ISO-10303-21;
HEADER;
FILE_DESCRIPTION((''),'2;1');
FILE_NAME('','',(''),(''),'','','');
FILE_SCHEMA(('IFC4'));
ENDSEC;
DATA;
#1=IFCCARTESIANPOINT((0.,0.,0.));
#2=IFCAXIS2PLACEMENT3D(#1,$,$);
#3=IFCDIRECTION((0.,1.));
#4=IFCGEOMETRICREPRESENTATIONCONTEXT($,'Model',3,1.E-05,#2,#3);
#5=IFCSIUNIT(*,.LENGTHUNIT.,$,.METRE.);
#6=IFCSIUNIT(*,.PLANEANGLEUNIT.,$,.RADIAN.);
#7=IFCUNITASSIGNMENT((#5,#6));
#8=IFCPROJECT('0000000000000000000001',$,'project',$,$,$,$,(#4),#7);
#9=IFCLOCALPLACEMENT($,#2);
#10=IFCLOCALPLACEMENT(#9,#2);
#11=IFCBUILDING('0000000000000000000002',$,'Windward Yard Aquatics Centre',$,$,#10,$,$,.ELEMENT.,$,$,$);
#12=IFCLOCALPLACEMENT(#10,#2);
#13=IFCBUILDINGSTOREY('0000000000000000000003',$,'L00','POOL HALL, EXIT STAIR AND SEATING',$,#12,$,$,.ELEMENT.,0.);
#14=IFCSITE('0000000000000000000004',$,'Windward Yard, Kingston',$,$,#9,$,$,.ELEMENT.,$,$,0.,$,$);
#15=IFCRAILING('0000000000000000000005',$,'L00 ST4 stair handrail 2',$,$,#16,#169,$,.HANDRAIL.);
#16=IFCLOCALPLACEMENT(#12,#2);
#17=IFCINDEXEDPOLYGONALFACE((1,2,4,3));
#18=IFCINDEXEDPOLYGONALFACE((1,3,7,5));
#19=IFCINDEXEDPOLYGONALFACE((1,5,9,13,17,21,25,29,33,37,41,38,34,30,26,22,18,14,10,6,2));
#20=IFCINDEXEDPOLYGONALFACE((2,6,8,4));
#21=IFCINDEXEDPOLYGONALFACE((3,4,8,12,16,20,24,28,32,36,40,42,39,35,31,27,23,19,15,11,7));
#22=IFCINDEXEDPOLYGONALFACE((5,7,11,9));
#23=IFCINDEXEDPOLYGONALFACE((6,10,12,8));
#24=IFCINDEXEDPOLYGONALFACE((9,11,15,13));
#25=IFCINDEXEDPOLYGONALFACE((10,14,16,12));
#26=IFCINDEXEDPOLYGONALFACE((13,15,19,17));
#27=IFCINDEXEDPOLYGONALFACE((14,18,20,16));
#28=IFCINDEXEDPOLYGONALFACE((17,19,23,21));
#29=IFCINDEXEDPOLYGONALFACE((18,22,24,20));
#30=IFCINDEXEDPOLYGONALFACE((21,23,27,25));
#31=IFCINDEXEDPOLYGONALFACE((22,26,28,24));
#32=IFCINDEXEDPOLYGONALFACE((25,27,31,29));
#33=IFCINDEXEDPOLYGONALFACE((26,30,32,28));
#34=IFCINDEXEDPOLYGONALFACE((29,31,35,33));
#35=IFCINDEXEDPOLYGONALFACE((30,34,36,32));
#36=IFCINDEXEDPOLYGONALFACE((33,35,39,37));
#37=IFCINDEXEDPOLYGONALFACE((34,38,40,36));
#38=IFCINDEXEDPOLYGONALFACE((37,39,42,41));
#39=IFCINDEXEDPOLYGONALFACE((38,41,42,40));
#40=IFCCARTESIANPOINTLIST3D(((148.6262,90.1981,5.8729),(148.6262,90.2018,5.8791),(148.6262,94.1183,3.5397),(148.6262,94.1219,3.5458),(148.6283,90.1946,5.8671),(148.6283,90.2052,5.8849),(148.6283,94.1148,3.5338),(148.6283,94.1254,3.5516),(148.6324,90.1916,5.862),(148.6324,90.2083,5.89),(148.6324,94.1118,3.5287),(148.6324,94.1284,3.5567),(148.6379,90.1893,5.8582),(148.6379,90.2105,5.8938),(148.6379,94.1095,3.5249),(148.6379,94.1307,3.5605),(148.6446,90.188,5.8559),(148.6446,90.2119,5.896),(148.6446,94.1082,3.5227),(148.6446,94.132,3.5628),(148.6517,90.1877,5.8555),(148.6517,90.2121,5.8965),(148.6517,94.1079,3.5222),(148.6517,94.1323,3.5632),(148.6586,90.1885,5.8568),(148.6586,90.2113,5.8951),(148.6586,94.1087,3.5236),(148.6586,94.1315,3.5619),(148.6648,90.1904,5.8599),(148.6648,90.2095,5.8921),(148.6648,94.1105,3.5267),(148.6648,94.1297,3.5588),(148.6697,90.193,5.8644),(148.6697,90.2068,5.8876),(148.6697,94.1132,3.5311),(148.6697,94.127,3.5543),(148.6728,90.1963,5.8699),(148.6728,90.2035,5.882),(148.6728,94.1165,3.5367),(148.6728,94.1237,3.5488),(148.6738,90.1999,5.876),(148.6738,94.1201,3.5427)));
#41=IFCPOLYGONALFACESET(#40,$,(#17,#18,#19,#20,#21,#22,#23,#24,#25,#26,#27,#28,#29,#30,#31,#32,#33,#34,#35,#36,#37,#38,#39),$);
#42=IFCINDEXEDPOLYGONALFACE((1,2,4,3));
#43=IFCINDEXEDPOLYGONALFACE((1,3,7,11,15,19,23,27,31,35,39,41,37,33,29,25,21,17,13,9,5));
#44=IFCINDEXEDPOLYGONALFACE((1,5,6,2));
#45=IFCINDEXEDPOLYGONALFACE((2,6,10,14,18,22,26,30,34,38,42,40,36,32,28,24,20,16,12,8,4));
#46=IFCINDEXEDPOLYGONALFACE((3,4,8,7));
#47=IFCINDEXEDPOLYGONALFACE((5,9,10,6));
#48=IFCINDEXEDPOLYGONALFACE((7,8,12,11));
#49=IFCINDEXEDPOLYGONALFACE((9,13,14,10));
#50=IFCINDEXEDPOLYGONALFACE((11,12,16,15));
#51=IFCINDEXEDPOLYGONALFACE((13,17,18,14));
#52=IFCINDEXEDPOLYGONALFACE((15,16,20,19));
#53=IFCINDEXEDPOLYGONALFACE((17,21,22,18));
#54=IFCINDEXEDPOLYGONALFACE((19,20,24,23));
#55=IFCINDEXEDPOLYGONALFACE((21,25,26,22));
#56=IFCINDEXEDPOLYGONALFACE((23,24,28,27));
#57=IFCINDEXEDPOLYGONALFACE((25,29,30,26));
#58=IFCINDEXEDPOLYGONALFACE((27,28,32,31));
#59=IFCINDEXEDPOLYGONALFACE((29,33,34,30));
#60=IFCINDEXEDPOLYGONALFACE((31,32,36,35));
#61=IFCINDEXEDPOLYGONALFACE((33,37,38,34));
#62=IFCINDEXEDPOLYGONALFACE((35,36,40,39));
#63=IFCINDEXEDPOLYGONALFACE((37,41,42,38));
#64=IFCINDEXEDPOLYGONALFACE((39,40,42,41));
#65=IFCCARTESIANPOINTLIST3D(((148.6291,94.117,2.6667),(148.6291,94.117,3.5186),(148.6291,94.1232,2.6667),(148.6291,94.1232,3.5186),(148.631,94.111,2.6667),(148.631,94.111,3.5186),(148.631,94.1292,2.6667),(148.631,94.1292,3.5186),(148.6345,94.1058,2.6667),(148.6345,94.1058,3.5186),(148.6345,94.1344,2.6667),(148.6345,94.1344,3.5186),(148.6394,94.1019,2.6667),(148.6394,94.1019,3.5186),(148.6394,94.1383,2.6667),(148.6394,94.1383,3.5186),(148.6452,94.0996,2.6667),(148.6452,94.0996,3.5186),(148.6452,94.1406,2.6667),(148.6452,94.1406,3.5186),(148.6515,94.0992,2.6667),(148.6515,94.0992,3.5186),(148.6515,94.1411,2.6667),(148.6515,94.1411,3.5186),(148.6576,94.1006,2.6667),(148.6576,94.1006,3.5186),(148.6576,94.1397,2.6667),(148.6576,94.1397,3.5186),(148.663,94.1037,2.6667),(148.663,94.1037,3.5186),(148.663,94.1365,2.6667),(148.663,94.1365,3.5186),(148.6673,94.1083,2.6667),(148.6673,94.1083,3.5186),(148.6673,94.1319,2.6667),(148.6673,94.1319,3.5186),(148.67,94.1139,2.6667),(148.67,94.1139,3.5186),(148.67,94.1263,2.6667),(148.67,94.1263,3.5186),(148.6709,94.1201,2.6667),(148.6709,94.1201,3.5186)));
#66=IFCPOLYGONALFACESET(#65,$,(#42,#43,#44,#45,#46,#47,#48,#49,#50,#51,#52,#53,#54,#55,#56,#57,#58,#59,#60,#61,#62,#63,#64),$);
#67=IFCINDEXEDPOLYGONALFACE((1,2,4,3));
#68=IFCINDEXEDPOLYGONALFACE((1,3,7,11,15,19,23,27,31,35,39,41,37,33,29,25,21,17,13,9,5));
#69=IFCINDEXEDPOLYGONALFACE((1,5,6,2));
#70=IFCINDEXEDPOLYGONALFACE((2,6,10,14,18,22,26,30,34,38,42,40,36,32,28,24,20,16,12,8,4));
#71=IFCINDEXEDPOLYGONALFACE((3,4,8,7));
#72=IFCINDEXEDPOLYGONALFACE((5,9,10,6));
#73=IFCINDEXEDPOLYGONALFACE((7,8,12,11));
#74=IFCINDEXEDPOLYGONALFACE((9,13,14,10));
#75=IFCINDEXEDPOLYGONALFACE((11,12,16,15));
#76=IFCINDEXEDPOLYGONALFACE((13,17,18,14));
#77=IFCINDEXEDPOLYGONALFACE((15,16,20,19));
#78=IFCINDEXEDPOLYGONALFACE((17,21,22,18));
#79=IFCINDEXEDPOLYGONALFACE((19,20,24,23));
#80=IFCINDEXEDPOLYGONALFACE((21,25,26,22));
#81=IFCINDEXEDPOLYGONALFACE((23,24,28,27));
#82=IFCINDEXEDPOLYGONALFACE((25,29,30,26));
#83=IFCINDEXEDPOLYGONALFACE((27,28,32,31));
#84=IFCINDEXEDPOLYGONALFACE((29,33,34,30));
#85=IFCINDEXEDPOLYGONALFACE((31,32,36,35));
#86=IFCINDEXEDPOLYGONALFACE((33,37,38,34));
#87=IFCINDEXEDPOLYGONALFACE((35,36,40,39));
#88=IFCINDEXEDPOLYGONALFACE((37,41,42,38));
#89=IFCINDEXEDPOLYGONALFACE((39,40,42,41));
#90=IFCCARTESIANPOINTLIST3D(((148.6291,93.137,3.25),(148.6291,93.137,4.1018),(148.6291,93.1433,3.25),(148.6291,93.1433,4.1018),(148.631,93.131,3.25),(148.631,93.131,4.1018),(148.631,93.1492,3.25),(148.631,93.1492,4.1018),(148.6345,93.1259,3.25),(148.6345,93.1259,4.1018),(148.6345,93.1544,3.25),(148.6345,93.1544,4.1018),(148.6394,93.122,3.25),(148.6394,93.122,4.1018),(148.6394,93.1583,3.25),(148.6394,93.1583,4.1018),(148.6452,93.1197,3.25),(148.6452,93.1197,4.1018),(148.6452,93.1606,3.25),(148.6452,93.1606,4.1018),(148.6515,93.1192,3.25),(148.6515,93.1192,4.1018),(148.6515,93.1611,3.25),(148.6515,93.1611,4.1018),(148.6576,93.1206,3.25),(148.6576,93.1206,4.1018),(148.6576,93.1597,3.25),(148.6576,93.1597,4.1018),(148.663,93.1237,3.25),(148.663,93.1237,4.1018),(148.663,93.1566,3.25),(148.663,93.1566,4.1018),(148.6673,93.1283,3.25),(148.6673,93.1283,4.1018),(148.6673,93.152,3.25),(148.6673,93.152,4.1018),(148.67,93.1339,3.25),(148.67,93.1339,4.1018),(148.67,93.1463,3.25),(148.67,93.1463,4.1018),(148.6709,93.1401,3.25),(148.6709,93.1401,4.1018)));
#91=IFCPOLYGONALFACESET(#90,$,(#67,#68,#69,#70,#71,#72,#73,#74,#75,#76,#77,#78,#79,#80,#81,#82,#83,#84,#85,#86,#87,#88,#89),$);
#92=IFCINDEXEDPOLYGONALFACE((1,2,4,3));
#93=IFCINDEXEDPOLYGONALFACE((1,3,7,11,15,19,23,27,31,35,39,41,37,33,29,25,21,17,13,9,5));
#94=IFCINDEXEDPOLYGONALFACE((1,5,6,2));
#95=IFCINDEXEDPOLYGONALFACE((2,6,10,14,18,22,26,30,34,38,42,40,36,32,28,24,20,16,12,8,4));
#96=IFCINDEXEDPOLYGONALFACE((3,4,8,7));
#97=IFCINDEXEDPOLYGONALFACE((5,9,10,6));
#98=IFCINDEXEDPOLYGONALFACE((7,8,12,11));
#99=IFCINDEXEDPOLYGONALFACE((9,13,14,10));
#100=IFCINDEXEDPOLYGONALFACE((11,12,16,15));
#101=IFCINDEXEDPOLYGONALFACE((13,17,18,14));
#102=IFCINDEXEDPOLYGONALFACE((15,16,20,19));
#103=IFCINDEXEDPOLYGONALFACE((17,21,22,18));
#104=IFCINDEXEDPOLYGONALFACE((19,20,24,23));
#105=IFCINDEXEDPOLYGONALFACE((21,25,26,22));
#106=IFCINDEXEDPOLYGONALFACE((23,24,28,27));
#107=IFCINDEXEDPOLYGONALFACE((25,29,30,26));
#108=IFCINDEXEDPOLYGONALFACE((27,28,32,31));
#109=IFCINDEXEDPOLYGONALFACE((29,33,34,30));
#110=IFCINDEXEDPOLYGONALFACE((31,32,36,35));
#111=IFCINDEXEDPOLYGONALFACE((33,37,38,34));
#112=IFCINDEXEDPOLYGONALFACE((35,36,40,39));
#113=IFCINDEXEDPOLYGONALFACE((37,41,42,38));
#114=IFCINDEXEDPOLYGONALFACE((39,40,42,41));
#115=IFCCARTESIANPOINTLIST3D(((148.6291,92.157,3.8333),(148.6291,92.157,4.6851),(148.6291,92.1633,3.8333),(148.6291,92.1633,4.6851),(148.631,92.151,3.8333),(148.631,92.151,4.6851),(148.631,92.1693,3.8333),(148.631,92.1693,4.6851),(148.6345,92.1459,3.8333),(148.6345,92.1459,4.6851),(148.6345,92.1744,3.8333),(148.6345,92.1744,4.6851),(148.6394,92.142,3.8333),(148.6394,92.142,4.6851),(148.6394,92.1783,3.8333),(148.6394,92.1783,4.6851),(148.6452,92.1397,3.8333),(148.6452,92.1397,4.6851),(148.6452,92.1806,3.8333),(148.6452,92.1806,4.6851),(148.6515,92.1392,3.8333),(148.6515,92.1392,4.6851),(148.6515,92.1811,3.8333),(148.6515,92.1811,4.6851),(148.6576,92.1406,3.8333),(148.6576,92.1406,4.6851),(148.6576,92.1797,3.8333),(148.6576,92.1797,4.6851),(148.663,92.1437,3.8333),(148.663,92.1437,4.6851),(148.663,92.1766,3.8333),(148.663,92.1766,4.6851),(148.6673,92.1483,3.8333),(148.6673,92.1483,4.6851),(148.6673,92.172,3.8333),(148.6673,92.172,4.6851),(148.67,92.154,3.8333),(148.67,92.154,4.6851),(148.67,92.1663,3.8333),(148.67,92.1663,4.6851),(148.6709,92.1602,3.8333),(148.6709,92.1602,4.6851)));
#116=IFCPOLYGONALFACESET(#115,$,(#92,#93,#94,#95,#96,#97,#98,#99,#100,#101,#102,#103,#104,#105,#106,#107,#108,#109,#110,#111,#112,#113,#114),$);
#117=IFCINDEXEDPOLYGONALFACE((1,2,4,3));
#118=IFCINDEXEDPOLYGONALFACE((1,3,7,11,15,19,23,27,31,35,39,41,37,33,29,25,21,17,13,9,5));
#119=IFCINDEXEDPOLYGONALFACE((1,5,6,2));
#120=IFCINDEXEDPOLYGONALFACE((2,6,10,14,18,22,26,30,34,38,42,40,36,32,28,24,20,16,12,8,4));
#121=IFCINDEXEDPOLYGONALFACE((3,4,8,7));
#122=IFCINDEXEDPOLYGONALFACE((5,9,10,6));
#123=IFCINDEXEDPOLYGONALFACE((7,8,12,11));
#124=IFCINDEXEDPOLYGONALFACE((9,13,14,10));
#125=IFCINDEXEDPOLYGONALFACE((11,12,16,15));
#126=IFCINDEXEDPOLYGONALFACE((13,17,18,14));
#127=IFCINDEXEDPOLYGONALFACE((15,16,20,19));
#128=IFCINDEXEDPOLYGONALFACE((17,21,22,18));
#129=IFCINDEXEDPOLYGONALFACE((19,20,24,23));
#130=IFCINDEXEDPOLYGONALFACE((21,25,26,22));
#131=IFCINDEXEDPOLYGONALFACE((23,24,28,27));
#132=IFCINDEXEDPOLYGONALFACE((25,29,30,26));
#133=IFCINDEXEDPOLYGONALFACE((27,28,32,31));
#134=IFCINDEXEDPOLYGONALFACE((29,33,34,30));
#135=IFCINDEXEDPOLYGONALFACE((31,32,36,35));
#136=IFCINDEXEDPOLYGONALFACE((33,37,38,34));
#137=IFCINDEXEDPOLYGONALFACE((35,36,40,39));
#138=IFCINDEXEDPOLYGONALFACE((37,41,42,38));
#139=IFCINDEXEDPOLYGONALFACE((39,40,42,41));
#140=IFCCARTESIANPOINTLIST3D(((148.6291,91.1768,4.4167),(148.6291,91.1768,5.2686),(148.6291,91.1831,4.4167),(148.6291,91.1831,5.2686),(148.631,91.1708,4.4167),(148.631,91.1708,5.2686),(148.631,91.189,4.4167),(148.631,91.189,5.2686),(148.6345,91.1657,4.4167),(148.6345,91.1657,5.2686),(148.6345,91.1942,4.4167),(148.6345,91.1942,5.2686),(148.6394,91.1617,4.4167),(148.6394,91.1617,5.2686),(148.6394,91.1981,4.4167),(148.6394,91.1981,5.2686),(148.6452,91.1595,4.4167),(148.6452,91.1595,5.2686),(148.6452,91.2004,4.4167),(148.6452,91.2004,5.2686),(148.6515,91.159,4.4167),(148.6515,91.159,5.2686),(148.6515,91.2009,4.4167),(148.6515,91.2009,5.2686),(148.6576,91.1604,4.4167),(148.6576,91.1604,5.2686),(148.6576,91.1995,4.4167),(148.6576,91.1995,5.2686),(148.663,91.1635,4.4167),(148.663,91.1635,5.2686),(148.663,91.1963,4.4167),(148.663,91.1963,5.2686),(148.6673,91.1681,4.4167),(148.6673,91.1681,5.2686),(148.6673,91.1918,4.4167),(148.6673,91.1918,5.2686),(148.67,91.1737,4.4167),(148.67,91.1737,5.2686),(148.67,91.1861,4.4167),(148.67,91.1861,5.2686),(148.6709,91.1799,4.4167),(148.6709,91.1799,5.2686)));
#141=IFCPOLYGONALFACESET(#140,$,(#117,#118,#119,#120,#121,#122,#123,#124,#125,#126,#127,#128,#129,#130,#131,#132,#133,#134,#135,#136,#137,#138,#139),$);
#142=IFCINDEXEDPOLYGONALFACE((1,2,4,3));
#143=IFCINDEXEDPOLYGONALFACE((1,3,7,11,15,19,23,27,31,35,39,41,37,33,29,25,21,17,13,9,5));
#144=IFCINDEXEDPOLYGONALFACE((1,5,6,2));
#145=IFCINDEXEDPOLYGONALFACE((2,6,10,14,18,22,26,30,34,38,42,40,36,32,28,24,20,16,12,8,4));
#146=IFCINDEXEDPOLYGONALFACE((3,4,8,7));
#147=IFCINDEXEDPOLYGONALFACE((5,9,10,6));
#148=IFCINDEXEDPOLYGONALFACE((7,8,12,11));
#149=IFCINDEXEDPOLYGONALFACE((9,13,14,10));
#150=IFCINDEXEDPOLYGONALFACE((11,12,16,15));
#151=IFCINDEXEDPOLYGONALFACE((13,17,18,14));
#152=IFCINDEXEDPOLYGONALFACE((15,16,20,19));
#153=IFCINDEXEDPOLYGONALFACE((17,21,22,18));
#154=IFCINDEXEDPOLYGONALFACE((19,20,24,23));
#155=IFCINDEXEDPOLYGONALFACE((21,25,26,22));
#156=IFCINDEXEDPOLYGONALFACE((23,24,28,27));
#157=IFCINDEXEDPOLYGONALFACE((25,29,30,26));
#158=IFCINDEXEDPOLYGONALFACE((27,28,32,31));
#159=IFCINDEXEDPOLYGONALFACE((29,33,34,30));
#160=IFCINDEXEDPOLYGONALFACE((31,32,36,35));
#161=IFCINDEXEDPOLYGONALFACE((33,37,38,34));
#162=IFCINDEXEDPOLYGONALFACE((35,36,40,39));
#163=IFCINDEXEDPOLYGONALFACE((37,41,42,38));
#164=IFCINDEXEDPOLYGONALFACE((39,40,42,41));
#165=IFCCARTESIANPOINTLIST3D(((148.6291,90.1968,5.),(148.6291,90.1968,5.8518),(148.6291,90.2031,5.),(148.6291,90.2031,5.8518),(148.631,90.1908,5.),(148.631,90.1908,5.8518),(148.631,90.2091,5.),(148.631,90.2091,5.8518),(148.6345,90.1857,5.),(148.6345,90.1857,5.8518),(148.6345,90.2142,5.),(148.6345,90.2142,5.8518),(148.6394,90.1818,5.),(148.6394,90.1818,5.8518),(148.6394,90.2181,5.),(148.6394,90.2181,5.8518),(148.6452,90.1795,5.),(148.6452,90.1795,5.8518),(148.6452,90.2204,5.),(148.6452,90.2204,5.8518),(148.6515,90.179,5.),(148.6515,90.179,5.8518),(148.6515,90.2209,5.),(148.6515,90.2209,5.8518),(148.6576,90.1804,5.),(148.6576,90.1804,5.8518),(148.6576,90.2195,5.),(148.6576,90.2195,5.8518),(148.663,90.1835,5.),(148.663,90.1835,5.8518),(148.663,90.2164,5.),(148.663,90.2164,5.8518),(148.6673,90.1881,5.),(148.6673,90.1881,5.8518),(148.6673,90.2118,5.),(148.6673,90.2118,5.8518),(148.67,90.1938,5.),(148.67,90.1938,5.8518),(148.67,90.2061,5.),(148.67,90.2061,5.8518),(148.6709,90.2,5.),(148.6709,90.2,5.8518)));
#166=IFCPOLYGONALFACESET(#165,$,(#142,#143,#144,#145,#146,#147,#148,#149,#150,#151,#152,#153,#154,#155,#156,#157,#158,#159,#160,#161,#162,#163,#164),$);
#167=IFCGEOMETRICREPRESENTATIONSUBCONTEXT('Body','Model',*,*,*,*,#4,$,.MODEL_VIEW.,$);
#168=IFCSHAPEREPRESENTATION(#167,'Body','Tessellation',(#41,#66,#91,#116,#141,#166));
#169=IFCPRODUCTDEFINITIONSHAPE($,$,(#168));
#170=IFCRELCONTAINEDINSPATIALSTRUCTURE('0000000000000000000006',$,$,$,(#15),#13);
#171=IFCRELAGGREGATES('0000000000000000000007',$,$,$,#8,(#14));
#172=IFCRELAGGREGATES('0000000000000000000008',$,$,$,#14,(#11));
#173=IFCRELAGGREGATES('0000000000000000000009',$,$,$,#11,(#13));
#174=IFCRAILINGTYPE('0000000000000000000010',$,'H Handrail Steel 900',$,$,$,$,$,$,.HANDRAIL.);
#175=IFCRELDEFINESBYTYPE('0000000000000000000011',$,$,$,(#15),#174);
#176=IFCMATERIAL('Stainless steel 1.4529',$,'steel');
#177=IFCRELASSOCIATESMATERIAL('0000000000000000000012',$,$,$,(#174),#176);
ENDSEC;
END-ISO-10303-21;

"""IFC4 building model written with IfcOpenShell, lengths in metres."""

from ifc_helpers import new_model, si_unit, direction, frame, origin, origin_2d, place, context, subcontext, project, spatial, circle, extrude, material, type_object, element, save


model = new_model("IFC4")

# Units and contexts
model_context = context("Model", 3, precision=1e-05, world=origin(), true_north=direction((0.0, 1.0)))
body_context = subcontext(model_context, "Body", "Model", "MODEL_VIEW")
ifc_project = project(units=[si_unit("LENGTHUNIT", "METRE"), si_unit("PLANEANGLEUNIT", "RADIAN")], contexts=[model_context])

# Site, building, storey
site_placement = place(None, origin())
site = spatial("IfcSite", under=ifc_project, at=site_placement, Name="Windward Yard, Kingston", CompositionType="ELEMENT", RefElevation=0.0)
building_placement = place(site_placement, origin())
building = spatial("IfcBuilding", under=site, at=building_placement, Name="Windward Yard Aquatics Centre", CompositionType="ELEMENT")
storey_placement = place(building_placement, origin())
storey = spatial("IfcBuildingStorey", under=building, at=storey_placement, Name="L00", Description="POOL HALL, EXIT STAIR AND SEATING", CompositionType="ELEMENT", Elevation=0.0)

# Railing
ifc_material_1 = material(Name="Stainless steel 1.4529", Category="steel")
railing_type_1 = type_object("IfcRailingType", Name="H Handrail Steel 900", PredefinedType="HANDRAIL", material=ifc_material_1)
railing_1_placement = place(storey_placement, frame((148.6499, 94.1201, 2.6667)))
element("IfcRailing", 1, at=railing_1_placement, inside=storey, type_object=railing_type_1, Name="L00 ST4 stair handrail 2", PredefinedType="HANDRAIL", context=body_context, shape_type="SweptSolid", body=[
    extrude(circle(Radius=0.0239, at=origin_2d()), frame((0.0, 0.0, 0.876), z_axis=(0.0, -0.85931, 0.511455), x_axis=(1.0, 0.0, 0.0)), (0.0, 0.0, 1.0), 4.562),
    extrude(circle(Radius=0.021, at=origin_2d()), origin(), (0.0, 0.0, 1.0), 0.8518),
    extrude(circle(Radius=0.021, at=origin_2d()), frame((0.0, -0.98, 0.5833)), (0.0, 0.0, 1.0), 0.8518),
    extrude(circle(Radius=0.021, at=origin_2d()), frame((0.0, -1.96, 1.1665)), (0.0, 0.0, 1.0), 0.8518),
    extrude(circle(Radius=0.021, at=origin_2d()), frame((0.0, -2.9402, 1.75)), (0.0, 0.0, 1.0), 0.8518),
    extrude(circle(Radius=0.021, at=origin_2d()), frame((0.0, -3.9202, 2.3333)), (0.0, 0.0, 1.0), 0.8518),
])

save(model, "model.ifc")
